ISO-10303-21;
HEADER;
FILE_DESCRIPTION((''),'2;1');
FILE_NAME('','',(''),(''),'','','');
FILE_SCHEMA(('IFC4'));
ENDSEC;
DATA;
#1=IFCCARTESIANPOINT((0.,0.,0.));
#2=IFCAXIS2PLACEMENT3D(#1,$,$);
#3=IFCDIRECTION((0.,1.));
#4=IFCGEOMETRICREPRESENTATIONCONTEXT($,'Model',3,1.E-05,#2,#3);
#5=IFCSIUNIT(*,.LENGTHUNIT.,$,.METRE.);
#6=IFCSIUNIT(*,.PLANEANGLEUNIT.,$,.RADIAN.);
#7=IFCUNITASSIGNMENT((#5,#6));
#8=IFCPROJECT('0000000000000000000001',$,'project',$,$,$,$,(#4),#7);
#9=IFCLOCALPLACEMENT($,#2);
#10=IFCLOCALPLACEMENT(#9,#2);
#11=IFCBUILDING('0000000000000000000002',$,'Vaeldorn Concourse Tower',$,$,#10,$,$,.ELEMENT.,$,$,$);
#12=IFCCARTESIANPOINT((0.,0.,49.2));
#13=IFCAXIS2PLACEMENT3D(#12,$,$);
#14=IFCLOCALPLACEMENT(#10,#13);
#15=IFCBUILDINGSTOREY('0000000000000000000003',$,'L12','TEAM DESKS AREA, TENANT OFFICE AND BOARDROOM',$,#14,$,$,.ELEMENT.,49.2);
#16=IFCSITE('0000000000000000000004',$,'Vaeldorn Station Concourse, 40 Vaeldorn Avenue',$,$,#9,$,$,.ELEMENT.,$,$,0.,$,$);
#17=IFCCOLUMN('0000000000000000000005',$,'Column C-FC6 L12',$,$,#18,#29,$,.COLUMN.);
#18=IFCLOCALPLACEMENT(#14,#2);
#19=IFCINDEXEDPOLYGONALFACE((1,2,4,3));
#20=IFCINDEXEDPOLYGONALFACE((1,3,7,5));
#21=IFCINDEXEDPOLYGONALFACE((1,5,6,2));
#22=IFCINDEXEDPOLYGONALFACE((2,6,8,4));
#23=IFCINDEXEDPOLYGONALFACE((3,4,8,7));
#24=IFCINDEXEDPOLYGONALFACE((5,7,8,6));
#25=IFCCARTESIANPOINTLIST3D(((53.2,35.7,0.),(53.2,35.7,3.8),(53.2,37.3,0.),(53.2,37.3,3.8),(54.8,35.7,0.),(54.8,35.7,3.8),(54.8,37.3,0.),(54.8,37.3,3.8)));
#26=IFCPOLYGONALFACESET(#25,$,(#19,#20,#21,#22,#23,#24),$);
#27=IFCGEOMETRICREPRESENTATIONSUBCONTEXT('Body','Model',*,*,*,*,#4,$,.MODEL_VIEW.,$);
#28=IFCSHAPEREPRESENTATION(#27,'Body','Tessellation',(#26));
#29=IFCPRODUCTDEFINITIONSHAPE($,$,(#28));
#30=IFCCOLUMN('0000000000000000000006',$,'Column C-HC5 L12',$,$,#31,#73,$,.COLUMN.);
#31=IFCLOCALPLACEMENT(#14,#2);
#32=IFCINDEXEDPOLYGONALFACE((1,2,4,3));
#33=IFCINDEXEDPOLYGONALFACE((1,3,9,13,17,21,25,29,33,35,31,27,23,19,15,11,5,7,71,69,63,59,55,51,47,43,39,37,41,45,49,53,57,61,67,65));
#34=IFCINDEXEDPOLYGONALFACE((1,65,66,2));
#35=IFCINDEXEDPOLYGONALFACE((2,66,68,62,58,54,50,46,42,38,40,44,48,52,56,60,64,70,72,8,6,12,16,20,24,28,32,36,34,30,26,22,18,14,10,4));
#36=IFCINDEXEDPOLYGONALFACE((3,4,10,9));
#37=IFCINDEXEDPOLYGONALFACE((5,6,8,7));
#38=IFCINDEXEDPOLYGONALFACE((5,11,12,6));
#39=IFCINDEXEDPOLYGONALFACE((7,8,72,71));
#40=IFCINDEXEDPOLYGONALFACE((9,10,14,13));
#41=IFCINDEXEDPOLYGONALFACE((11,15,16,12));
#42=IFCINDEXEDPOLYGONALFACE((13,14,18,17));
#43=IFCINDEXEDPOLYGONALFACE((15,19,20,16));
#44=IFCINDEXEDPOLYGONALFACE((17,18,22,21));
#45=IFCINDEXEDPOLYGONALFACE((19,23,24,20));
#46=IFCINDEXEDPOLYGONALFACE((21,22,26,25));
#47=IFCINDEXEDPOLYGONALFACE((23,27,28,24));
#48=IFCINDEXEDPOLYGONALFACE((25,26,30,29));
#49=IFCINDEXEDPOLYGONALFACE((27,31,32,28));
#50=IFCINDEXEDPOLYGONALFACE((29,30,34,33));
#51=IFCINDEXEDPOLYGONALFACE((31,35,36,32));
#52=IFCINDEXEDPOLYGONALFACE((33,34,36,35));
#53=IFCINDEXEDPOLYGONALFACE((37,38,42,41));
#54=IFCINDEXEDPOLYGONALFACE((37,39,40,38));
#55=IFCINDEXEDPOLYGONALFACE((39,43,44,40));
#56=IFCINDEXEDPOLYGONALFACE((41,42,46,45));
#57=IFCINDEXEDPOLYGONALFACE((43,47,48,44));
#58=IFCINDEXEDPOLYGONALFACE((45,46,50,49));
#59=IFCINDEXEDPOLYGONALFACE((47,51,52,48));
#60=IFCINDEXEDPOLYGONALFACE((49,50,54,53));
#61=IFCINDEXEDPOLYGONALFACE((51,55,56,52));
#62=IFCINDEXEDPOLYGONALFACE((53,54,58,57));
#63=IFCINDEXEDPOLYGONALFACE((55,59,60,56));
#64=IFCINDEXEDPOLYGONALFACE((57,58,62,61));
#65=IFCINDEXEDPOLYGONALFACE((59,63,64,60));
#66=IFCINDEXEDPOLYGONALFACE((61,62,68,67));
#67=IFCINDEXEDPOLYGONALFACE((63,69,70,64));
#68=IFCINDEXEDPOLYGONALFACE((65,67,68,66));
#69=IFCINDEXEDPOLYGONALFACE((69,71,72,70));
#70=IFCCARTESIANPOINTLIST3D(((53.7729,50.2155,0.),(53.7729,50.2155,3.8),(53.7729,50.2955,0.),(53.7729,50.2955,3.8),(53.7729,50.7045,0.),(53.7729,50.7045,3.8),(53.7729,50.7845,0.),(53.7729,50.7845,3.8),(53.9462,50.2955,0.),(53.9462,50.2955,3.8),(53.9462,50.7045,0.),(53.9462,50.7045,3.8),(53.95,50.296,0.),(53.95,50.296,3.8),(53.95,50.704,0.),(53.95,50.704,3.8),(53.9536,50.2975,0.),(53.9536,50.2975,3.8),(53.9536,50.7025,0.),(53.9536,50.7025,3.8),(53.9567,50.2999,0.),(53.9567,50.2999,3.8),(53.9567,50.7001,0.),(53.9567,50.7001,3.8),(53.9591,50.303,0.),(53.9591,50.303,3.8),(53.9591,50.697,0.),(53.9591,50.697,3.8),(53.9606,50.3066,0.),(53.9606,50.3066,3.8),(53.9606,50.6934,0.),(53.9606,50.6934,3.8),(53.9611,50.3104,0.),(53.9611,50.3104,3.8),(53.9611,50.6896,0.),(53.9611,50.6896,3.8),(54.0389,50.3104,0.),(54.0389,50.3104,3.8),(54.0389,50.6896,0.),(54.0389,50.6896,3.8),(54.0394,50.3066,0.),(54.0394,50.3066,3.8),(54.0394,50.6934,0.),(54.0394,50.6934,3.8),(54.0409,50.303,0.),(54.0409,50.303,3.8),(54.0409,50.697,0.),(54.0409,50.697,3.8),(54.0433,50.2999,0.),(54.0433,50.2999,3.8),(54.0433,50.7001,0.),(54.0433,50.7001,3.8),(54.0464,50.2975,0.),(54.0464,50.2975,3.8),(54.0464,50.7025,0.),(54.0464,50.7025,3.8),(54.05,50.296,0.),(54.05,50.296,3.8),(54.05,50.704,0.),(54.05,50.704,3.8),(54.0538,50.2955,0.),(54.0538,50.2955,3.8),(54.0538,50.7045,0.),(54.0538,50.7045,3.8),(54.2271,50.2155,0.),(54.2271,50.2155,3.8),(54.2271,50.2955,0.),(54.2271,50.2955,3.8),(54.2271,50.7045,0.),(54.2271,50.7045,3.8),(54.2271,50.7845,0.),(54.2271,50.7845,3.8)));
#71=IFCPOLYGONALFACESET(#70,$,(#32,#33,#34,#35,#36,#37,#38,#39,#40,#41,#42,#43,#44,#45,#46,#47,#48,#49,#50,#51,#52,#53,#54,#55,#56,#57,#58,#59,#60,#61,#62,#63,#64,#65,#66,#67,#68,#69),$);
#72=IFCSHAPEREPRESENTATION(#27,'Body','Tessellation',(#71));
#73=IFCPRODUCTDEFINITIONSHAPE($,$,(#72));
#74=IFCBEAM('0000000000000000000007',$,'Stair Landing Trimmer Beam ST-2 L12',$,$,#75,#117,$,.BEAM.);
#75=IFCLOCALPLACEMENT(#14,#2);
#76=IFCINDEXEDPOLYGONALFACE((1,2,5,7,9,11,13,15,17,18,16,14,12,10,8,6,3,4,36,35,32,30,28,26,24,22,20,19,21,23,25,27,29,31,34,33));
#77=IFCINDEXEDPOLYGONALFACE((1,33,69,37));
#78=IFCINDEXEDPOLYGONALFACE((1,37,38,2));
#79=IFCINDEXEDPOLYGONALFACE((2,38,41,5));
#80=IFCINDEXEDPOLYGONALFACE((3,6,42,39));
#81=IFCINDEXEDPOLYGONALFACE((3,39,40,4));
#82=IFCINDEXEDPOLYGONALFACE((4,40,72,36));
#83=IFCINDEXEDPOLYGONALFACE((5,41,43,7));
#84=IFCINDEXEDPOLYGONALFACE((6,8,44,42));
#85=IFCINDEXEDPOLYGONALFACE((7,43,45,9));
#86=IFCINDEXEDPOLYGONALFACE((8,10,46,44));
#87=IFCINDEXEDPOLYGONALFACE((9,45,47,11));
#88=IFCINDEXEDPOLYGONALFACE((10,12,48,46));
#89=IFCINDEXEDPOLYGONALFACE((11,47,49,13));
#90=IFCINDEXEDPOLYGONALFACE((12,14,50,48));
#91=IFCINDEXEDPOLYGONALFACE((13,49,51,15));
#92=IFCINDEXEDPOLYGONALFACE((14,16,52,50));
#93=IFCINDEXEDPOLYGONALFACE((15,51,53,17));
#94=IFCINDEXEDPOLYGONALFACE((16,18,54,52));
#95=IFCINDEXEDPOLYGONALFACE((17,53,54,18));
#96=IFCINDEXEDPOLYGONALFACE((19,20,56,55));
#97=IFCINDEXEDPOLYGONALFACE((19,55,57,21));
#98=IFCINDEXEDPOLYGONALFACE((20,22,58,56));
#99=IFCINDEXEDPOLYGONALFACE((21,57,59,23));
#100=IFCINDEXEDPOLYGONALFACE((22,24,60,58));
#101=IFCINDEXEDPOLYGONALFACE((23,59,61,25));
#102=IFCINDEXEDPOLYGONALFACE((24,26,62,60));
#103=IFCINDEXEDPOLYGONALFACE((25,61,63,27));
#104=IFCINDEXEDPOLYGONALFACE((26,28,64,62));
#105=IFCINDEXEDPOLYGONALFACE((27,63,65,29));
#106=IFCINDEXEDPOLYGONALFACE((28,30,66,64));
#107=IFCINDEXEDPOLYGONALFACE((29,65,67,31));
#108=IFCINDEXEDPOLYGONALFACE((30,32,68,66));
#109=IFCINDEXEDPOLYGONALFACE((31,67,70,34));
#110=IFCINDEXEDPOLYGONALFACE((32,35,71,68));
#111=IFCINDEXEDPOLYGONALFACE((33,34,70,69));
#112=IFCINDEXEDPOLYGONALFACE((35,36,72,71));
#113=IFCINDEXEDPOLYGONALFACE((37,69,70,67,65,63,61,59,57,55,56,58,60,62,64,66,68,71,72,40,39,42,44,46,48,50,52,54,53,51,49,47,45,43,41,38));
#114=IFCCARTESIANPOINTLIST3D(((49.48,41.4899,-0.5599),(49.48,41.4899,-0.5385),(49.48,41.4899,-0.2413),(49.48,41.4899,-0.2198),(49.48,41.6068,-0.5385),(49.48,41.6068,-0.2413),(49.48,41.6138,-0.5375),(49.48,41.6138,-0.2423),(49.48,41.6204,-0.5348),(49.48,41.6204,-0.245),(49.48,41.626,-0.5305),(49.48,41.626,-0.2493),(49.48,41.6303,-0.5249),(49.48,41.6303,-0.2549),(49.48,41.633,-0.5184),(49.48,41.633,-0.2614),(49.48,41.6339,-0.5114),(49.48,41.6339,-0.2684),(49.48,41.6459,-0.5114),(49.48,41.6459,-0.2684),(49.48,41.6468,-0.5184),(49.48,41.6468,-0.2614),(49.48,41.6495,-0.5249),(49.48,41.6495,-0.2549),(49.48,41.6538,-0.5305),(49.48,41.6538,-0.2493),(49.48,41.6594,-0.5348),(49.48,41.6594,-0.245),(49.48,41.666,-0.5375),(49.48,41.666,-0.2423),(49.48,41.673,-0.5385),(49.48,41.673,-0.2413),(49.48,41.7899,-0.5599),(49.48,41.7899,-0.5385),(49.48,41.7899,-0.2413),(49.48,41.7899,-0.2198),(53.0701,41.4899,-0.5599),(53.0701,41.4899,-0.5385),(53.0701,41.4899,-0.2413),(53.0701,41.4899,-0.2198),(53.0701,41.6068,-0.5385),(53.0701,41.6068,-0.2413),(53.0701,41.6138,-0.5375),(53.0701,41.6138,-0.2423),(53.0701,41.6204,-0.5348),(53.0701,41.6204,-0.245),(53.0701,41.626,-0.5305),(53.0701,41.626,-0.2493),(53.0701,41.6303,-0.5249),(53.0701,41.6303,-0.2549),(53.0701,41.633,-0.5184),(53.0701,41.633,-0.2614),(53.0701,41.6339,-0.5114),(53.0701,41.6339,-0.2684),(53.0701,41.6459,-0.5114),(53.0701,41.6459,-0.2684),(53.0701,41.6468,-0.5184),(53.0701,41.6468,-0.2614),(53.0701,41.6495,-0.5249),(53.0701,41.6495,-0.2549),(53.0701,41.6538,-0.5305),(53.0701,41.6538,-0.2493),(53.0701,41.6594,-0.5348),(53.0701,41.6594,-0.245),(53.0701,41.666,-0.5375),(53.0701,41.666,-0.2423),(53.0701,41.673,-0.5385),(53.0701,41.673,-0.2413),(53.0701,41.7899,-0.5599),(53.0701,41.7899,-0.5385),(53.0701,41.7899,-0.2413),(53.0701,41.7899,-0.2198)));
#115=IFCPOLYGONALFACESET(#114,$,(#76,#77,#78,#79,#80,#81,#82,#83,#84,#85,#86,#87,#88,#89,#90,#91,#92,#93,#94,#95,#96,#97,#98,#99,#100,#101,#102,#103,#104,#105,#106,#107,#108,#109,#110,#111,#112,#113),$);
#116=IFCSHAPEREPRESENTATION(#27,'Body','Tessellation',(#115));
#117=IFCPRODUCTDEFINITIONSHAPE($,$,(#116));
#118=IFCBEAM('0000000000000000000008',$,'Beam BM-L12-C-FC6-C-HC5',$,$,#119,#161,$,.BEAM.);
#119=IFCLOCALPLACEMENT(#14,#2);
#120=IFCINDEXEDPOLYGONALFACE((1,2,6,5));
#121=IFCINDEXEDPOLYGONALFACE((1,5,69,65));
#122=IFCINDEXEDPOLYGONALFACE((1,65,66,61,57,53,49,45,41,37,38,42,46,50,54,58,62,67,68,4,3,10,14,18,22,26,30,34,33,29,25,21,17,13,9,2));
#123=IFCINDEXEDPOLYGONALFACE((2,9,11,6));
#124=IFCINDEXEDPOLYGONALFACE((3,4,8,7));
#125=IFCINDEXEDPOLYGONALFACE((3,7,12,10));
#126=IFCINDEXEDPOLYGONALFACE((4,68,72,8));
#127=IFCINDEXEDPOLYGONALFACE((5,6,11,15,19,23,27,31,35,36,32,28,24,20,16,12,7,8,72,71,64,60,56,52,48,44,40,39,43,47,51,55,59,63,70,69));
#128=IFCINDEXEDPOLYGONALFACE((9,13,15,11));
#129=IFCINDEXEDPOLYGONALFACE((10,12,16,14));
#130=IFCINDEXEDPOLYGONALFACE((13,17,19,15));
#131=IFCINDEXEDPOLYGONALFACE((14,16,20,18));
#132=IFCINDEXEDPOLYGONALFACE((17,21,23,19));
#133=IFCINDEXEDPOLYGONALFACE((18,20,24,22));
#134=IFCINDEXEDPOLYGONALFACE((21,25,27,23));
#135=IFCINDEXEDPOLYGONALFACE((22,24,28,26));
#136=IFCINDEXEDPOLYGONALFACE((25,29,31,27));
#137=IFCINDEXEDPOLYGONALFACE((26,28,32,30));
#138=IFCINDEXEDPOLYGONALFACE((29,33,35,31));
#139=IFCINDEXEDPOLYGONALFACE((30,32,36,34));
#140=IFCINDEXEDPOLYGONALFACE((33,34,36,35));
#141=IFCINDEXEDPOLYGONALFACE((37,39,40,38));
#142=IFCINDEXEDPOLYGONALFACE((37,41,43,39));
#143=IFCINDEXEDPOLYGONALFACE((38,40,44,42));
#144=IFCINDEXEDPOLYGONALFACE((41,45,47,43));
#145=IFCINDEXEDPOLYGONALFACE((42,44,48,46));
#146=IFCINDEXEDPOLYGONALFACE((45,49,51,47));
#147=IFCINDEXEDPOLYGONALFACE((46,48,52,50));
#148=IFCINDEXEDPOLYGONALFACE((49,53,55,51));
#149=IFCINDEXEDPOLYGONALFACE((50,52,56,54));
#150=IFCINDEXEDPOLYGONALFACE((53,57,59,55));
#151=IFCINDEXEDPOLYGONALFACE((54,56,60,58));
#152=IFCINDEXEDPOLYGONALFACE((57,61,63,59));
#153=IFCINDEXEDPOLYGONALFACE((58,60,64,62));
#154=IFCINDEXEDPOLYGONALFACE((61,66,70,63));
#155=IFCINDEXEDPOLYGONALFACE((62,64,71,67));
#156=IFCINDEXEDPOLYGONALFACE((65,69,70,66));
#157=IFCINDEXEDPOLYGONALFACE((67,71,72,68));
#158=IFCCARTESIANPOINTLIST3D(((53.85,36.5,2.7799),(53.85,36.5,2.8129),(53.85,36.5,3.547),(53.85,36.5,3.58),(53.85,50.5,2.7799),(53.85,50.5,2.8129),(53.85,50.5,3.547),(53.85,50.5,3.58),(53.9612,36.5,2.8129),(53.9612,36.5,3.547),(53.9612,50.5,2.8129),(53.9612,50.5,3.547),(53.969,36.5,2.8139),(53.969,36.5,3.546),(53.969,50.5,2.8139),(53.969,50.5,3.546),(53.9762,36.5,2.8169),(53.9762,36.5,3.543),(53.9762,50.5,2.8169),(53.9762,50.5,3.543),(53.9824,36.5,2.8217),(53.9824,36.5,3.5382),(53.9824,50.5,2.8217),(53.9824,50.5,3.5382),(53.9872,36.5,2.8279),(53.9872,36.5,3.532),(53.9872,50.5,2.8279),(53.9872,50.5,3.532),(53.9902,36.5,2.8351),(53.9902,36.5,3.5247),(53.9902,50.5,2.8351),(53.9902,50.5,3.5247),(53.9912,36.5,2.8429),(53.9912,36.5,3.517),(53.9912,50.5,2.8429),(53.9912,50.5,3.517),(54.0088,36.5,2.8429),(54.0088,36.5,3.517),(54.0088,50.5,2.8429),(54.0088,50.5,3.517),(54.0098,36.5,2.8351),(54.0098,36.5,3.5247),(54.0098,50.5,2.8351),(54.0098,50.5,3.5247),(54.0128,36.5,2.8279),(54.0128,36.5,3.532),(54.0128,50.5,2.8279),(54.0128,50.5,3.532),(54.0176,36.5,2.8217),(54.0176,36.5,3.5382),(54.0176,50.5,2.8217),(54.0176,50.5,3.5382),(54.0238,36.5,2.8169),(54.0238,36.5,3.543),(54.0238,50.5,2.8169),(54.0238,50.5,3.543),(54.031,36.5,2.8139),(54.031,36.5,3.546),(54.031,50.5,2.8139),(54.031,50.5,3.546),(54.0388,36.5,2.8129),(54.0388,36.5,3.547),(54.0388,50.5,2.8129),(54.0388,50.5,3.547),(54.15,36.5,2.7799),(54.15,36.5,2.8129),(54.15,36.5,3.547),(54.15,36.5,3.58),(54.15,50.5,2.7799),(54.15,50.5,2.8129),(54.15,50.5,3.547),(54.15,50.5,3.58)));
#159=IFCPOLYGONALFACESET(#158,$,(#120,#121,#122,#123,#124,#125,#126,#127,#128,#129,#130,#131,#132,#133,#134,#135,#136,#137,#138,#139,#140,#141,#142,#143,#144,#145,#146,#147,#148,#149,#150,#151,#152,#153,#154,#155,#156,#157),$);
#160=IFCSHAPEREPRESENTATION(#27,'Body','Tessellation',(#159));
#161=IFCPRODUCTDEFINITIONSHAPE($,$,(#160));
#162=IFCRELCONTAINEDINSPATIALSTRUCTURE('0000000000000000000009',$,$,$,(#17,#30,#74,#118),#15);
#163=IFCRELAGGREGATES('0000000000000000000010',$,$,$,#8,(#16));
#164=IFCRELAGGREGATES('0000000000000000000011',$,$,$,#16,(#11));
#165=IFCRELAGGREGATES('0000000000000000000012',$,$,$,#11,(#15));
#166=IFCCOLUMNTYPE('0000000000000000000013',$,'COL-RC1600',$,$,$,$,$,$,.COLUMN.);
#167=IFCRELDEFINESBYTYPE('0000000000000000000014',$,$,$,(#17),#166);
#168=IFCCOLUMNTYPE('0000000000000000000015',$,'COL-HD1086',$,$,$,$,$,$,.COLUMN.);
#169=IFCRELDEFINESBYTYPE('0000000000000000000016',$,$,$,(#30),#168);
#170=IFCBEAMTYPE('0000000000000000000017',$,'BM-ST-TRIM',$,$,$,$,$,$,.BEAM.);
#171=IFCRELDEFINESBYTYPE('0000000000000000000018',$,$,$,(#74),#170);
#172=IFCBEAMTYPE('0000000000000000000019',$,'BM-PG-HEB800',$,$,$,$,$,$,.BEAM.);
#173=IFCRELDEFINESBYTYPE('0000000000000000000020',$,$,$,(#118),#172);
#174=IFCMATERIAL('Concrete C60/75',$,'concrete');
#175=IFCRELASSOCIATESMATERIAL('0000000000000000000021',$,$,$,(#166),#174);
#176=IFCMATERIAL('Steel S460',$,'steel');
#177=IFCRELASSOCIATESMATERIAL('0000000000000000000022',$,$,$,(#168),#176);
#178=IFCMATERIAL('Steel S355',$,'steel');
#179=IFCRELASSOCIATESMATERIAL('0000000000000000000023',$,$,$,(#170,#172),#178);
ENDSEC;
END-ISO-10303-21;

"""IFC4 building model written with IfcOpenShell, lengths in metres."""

from ifc_helpers import new_model, si_unit, direction, frame, origin, origin_2d, place, context, subcontext, project, spatial, rectangle, i_section, extrude, source, transform, mapped, material, material_profile, profile_set, type_object, element, save


model = new_model("IFC4")

# Units and contexts
model_context = context("Model", 3, precision=1e-05, world=origin(), true_north=direction((0.0, 1.0)))
body_context = subcontext(model_context, "Body", "Model", "MODEL_VIEW")
ifc_project = project(units=[si_unit("LENGTHUNIT", "METRE"), si_unit("PLANEANGLEUNIT", "RADIAN")], contexts=[model_context])

# Site, building, storey
site_placement = place(None, origin())
site = spatial("IfcSite", under=ifc_project, at=site_placement, Name="Vaeldorn Station Concourse, 40 Vaeldorn Avenue", CompositionType="ELEMENT", RefElevation=0.0)
building_placement = place(site_placement, origin())
building = spatial("IfcBuilding", under=site, at=building_placement, Name="Vaeldorn Concourse Tower", CompositionType="ELEMENT")
storey_placement = place(building_placement, frame((0.0, 0.0, 49.2)))
storey = spatial("IfcBuildingStorey", under=building, at=storey_placement, Name="L12", Description="TEAM DESKS AREA, TENANT OFFICE AND BOARDROOM", CompositionType="ELEMENT", Elevation=49.2)

# Columns
ifc_material_1 = material(Name="Concrete C60/75", Category="concrete")
ifc_material_profile_1 = material_profile(ifc_material_1, rectangle(XDim=1.6001, YDim=1.6001, at=origin_2d()), Name="RC 1600x1600")
ifc_profile_set_1 = profile_set([ifc_material_profile_1], Name="Concrete C60/75")
column_type_1 = type_object("IfcColumnType", Name="COL-RC1600", PredefinedType="COLUMN", material=ifc_profile_set_1)
shared_shape_1 = source(origin(), body_context, "Body", "SweptSolid", [
    extrude(rectangle(XDim=1.6001, YDim=1.6001, at=origin_2d()), origin(), (0.0, 0.0, 1.0), 3.8),
])
column_1_placement = place(storey_placement, frame((54.0, 36.5, 0.0), z_axis=(0.0, 0.0, 1.0), x_axis=(1.0, 0.0, 0.0)))
element("IfcColumn", 1, at=column_1_placement, inside=storey, type_object=column_type_1, Name="Column C-FC6 L12", PredefinedType="COLUMN", context=body_context, shape_type="MappedRepresentation", body=[
    mapped(shared_shape_1, transform((0.0, 0.0, 0.0), scale=1.0)),
])
ifc_material_2 = material(Name="Steel S460", Category="steel")
ifc_material_profile_2 = material_profile(ifc_material_2, i_section(OverallWidth=0.4541, OverallDepth=0.5691, WebThickness=0.0779, FlangeThickness=0.0801, FilletRadius=0.0149, at=origin_2d()), Name="HD 400x1086")
ifc_profile_set_2 = profile_set([ifc_material_profile_2], Name="Steel S460")
column_type_2 = type_object("IfcColumnType", Name="COL-HD1086", PredefinedType="COLUMN", material=ifc_profile_set_2)
shared_shape_2 = source(origin(), body_context, "Body", "SweptSolid", [
    extrude(i_section(OverallWidth=0.4541, OverallDepth=0.5691, WebThickness=0.0779, FlangeThickness=0.0801, FilletRadius=0.0149, at=origin_2d()), origin(), (0.0, 0.0, 1.0), 3.8),
])
column_2_placement = place(storey_placement, frame((54.0, 50.5, 0.0), z_axis=(0.0, 0.0, 1.0), x_axis=(1.0, 0.0, 0.0)))
element("IfcColumn", 2, at=column_2_placement, inside=storey, type_object=column_type_2, Name="Column C-HC5 L12", PredefinedType="COLUMN", context=body_context, shape_type="MappedRepresentation", body=[
    mapped(shared_shape_2, transform((0.0, 0.0, 0.0), scale=1.0)),
])

# Beams
ifc_material_3 = material(Name="Steel S355", Category="steel")
ifc_material_profile_3 = material_profile(ifc_material_3, i_section(OverallWidth=0.3, OverallDepth=0.3401, WebThickness=0.012, FlangeThickness=0.0215, FilletRadius=0.0271, at=origin_2d()), Name="HEB 340")
ifc_profile_set_3 = profile_set([ifc_material_profile_3], Name="Steel S355")
beam_type_1 = type_object("IfcBeamType", Name="BM-ST-TRIM", PredefinedType="BEAM", material=ifc_profile_set_3)
shared_shape_3 = source(origin(), body_context, "Body", "SweptSolid", [
    extrude(i_section(OverallWidth=0.3, OverallDepth=0.3401, WebThickness=0.012, FlangeThickness=0.0215, FilletRadius=0.0271, at=origin_2d()), origin(), (0.0, 0.0, 1.0), 3.5901),
])
beam_1_placement = place(storey_placement, frame((49.48, 41.6399, -0.3899), z_axis=(1.0, 0.0, 0.0), x_axis=(0.0, 1.0, 0.0)))
element("IfcBeam", 3, at=beam_1_placement, inside=storey, type_object=beam_type_1, Name="Stair Landing Trimmer Beam ST-2 L12", PredefinedType="BEAM", context=body_context, shape_type="MappedRepresentation", body=[
    mapped(shared_shape_3, transform((0.0, 0.0, 0.0), scale=1.0)),
])
ifc_material_profile_4 = material_profile(ifc_material_3, i_section(OverallWidth=0.3, OverallDepth=0.8, WebThickness=0.0176, FlangeThickness=0.033, FilletRadius=0.03, at=origin_2d()), Name="HEB 800")
ifc_profile_set_4 = profile_set([ifc_material_profile_4], Name="Steel S355")
beam_type_2 = type_object("IfcBeamType", Name="BM-PG-HEB800", PredefinedType="BEAM", material=ifc_profile_set_4)
shared_shape_4 = source(origin(), body_context, "Body", "SweptSolid", [
    extrude(i_section(OverallWidth=0.3, OverallDepth=0.8, WebThickness=0.0176, FlangeThickness=0.033, FilletRadius=0.03, at=origin_2d()), origin(), (0.0, 0.0, 1.0), 14.0),
])
beam_2_placement = place(storey_placement, frame((54.0, 36.5, 3.1799), z_axis=(0.0, 1.0, 0.0), x_axis=(-1.0, 0.0, 0.0)))
element("IfcBeam", 4, at=beam_2_placement, inside=storey, type_object=beam_type_2, Name="Beam BM-L12-C-FC6-C-HC5", PredefinedType="BEAM", context=body_context, shape_type="MappedRepresentation", body=[
    mapped(shared_shape_4, transform((0.0, 0.0, 0.0), scale=1.0)),
])

save(model, "model.ifc")
